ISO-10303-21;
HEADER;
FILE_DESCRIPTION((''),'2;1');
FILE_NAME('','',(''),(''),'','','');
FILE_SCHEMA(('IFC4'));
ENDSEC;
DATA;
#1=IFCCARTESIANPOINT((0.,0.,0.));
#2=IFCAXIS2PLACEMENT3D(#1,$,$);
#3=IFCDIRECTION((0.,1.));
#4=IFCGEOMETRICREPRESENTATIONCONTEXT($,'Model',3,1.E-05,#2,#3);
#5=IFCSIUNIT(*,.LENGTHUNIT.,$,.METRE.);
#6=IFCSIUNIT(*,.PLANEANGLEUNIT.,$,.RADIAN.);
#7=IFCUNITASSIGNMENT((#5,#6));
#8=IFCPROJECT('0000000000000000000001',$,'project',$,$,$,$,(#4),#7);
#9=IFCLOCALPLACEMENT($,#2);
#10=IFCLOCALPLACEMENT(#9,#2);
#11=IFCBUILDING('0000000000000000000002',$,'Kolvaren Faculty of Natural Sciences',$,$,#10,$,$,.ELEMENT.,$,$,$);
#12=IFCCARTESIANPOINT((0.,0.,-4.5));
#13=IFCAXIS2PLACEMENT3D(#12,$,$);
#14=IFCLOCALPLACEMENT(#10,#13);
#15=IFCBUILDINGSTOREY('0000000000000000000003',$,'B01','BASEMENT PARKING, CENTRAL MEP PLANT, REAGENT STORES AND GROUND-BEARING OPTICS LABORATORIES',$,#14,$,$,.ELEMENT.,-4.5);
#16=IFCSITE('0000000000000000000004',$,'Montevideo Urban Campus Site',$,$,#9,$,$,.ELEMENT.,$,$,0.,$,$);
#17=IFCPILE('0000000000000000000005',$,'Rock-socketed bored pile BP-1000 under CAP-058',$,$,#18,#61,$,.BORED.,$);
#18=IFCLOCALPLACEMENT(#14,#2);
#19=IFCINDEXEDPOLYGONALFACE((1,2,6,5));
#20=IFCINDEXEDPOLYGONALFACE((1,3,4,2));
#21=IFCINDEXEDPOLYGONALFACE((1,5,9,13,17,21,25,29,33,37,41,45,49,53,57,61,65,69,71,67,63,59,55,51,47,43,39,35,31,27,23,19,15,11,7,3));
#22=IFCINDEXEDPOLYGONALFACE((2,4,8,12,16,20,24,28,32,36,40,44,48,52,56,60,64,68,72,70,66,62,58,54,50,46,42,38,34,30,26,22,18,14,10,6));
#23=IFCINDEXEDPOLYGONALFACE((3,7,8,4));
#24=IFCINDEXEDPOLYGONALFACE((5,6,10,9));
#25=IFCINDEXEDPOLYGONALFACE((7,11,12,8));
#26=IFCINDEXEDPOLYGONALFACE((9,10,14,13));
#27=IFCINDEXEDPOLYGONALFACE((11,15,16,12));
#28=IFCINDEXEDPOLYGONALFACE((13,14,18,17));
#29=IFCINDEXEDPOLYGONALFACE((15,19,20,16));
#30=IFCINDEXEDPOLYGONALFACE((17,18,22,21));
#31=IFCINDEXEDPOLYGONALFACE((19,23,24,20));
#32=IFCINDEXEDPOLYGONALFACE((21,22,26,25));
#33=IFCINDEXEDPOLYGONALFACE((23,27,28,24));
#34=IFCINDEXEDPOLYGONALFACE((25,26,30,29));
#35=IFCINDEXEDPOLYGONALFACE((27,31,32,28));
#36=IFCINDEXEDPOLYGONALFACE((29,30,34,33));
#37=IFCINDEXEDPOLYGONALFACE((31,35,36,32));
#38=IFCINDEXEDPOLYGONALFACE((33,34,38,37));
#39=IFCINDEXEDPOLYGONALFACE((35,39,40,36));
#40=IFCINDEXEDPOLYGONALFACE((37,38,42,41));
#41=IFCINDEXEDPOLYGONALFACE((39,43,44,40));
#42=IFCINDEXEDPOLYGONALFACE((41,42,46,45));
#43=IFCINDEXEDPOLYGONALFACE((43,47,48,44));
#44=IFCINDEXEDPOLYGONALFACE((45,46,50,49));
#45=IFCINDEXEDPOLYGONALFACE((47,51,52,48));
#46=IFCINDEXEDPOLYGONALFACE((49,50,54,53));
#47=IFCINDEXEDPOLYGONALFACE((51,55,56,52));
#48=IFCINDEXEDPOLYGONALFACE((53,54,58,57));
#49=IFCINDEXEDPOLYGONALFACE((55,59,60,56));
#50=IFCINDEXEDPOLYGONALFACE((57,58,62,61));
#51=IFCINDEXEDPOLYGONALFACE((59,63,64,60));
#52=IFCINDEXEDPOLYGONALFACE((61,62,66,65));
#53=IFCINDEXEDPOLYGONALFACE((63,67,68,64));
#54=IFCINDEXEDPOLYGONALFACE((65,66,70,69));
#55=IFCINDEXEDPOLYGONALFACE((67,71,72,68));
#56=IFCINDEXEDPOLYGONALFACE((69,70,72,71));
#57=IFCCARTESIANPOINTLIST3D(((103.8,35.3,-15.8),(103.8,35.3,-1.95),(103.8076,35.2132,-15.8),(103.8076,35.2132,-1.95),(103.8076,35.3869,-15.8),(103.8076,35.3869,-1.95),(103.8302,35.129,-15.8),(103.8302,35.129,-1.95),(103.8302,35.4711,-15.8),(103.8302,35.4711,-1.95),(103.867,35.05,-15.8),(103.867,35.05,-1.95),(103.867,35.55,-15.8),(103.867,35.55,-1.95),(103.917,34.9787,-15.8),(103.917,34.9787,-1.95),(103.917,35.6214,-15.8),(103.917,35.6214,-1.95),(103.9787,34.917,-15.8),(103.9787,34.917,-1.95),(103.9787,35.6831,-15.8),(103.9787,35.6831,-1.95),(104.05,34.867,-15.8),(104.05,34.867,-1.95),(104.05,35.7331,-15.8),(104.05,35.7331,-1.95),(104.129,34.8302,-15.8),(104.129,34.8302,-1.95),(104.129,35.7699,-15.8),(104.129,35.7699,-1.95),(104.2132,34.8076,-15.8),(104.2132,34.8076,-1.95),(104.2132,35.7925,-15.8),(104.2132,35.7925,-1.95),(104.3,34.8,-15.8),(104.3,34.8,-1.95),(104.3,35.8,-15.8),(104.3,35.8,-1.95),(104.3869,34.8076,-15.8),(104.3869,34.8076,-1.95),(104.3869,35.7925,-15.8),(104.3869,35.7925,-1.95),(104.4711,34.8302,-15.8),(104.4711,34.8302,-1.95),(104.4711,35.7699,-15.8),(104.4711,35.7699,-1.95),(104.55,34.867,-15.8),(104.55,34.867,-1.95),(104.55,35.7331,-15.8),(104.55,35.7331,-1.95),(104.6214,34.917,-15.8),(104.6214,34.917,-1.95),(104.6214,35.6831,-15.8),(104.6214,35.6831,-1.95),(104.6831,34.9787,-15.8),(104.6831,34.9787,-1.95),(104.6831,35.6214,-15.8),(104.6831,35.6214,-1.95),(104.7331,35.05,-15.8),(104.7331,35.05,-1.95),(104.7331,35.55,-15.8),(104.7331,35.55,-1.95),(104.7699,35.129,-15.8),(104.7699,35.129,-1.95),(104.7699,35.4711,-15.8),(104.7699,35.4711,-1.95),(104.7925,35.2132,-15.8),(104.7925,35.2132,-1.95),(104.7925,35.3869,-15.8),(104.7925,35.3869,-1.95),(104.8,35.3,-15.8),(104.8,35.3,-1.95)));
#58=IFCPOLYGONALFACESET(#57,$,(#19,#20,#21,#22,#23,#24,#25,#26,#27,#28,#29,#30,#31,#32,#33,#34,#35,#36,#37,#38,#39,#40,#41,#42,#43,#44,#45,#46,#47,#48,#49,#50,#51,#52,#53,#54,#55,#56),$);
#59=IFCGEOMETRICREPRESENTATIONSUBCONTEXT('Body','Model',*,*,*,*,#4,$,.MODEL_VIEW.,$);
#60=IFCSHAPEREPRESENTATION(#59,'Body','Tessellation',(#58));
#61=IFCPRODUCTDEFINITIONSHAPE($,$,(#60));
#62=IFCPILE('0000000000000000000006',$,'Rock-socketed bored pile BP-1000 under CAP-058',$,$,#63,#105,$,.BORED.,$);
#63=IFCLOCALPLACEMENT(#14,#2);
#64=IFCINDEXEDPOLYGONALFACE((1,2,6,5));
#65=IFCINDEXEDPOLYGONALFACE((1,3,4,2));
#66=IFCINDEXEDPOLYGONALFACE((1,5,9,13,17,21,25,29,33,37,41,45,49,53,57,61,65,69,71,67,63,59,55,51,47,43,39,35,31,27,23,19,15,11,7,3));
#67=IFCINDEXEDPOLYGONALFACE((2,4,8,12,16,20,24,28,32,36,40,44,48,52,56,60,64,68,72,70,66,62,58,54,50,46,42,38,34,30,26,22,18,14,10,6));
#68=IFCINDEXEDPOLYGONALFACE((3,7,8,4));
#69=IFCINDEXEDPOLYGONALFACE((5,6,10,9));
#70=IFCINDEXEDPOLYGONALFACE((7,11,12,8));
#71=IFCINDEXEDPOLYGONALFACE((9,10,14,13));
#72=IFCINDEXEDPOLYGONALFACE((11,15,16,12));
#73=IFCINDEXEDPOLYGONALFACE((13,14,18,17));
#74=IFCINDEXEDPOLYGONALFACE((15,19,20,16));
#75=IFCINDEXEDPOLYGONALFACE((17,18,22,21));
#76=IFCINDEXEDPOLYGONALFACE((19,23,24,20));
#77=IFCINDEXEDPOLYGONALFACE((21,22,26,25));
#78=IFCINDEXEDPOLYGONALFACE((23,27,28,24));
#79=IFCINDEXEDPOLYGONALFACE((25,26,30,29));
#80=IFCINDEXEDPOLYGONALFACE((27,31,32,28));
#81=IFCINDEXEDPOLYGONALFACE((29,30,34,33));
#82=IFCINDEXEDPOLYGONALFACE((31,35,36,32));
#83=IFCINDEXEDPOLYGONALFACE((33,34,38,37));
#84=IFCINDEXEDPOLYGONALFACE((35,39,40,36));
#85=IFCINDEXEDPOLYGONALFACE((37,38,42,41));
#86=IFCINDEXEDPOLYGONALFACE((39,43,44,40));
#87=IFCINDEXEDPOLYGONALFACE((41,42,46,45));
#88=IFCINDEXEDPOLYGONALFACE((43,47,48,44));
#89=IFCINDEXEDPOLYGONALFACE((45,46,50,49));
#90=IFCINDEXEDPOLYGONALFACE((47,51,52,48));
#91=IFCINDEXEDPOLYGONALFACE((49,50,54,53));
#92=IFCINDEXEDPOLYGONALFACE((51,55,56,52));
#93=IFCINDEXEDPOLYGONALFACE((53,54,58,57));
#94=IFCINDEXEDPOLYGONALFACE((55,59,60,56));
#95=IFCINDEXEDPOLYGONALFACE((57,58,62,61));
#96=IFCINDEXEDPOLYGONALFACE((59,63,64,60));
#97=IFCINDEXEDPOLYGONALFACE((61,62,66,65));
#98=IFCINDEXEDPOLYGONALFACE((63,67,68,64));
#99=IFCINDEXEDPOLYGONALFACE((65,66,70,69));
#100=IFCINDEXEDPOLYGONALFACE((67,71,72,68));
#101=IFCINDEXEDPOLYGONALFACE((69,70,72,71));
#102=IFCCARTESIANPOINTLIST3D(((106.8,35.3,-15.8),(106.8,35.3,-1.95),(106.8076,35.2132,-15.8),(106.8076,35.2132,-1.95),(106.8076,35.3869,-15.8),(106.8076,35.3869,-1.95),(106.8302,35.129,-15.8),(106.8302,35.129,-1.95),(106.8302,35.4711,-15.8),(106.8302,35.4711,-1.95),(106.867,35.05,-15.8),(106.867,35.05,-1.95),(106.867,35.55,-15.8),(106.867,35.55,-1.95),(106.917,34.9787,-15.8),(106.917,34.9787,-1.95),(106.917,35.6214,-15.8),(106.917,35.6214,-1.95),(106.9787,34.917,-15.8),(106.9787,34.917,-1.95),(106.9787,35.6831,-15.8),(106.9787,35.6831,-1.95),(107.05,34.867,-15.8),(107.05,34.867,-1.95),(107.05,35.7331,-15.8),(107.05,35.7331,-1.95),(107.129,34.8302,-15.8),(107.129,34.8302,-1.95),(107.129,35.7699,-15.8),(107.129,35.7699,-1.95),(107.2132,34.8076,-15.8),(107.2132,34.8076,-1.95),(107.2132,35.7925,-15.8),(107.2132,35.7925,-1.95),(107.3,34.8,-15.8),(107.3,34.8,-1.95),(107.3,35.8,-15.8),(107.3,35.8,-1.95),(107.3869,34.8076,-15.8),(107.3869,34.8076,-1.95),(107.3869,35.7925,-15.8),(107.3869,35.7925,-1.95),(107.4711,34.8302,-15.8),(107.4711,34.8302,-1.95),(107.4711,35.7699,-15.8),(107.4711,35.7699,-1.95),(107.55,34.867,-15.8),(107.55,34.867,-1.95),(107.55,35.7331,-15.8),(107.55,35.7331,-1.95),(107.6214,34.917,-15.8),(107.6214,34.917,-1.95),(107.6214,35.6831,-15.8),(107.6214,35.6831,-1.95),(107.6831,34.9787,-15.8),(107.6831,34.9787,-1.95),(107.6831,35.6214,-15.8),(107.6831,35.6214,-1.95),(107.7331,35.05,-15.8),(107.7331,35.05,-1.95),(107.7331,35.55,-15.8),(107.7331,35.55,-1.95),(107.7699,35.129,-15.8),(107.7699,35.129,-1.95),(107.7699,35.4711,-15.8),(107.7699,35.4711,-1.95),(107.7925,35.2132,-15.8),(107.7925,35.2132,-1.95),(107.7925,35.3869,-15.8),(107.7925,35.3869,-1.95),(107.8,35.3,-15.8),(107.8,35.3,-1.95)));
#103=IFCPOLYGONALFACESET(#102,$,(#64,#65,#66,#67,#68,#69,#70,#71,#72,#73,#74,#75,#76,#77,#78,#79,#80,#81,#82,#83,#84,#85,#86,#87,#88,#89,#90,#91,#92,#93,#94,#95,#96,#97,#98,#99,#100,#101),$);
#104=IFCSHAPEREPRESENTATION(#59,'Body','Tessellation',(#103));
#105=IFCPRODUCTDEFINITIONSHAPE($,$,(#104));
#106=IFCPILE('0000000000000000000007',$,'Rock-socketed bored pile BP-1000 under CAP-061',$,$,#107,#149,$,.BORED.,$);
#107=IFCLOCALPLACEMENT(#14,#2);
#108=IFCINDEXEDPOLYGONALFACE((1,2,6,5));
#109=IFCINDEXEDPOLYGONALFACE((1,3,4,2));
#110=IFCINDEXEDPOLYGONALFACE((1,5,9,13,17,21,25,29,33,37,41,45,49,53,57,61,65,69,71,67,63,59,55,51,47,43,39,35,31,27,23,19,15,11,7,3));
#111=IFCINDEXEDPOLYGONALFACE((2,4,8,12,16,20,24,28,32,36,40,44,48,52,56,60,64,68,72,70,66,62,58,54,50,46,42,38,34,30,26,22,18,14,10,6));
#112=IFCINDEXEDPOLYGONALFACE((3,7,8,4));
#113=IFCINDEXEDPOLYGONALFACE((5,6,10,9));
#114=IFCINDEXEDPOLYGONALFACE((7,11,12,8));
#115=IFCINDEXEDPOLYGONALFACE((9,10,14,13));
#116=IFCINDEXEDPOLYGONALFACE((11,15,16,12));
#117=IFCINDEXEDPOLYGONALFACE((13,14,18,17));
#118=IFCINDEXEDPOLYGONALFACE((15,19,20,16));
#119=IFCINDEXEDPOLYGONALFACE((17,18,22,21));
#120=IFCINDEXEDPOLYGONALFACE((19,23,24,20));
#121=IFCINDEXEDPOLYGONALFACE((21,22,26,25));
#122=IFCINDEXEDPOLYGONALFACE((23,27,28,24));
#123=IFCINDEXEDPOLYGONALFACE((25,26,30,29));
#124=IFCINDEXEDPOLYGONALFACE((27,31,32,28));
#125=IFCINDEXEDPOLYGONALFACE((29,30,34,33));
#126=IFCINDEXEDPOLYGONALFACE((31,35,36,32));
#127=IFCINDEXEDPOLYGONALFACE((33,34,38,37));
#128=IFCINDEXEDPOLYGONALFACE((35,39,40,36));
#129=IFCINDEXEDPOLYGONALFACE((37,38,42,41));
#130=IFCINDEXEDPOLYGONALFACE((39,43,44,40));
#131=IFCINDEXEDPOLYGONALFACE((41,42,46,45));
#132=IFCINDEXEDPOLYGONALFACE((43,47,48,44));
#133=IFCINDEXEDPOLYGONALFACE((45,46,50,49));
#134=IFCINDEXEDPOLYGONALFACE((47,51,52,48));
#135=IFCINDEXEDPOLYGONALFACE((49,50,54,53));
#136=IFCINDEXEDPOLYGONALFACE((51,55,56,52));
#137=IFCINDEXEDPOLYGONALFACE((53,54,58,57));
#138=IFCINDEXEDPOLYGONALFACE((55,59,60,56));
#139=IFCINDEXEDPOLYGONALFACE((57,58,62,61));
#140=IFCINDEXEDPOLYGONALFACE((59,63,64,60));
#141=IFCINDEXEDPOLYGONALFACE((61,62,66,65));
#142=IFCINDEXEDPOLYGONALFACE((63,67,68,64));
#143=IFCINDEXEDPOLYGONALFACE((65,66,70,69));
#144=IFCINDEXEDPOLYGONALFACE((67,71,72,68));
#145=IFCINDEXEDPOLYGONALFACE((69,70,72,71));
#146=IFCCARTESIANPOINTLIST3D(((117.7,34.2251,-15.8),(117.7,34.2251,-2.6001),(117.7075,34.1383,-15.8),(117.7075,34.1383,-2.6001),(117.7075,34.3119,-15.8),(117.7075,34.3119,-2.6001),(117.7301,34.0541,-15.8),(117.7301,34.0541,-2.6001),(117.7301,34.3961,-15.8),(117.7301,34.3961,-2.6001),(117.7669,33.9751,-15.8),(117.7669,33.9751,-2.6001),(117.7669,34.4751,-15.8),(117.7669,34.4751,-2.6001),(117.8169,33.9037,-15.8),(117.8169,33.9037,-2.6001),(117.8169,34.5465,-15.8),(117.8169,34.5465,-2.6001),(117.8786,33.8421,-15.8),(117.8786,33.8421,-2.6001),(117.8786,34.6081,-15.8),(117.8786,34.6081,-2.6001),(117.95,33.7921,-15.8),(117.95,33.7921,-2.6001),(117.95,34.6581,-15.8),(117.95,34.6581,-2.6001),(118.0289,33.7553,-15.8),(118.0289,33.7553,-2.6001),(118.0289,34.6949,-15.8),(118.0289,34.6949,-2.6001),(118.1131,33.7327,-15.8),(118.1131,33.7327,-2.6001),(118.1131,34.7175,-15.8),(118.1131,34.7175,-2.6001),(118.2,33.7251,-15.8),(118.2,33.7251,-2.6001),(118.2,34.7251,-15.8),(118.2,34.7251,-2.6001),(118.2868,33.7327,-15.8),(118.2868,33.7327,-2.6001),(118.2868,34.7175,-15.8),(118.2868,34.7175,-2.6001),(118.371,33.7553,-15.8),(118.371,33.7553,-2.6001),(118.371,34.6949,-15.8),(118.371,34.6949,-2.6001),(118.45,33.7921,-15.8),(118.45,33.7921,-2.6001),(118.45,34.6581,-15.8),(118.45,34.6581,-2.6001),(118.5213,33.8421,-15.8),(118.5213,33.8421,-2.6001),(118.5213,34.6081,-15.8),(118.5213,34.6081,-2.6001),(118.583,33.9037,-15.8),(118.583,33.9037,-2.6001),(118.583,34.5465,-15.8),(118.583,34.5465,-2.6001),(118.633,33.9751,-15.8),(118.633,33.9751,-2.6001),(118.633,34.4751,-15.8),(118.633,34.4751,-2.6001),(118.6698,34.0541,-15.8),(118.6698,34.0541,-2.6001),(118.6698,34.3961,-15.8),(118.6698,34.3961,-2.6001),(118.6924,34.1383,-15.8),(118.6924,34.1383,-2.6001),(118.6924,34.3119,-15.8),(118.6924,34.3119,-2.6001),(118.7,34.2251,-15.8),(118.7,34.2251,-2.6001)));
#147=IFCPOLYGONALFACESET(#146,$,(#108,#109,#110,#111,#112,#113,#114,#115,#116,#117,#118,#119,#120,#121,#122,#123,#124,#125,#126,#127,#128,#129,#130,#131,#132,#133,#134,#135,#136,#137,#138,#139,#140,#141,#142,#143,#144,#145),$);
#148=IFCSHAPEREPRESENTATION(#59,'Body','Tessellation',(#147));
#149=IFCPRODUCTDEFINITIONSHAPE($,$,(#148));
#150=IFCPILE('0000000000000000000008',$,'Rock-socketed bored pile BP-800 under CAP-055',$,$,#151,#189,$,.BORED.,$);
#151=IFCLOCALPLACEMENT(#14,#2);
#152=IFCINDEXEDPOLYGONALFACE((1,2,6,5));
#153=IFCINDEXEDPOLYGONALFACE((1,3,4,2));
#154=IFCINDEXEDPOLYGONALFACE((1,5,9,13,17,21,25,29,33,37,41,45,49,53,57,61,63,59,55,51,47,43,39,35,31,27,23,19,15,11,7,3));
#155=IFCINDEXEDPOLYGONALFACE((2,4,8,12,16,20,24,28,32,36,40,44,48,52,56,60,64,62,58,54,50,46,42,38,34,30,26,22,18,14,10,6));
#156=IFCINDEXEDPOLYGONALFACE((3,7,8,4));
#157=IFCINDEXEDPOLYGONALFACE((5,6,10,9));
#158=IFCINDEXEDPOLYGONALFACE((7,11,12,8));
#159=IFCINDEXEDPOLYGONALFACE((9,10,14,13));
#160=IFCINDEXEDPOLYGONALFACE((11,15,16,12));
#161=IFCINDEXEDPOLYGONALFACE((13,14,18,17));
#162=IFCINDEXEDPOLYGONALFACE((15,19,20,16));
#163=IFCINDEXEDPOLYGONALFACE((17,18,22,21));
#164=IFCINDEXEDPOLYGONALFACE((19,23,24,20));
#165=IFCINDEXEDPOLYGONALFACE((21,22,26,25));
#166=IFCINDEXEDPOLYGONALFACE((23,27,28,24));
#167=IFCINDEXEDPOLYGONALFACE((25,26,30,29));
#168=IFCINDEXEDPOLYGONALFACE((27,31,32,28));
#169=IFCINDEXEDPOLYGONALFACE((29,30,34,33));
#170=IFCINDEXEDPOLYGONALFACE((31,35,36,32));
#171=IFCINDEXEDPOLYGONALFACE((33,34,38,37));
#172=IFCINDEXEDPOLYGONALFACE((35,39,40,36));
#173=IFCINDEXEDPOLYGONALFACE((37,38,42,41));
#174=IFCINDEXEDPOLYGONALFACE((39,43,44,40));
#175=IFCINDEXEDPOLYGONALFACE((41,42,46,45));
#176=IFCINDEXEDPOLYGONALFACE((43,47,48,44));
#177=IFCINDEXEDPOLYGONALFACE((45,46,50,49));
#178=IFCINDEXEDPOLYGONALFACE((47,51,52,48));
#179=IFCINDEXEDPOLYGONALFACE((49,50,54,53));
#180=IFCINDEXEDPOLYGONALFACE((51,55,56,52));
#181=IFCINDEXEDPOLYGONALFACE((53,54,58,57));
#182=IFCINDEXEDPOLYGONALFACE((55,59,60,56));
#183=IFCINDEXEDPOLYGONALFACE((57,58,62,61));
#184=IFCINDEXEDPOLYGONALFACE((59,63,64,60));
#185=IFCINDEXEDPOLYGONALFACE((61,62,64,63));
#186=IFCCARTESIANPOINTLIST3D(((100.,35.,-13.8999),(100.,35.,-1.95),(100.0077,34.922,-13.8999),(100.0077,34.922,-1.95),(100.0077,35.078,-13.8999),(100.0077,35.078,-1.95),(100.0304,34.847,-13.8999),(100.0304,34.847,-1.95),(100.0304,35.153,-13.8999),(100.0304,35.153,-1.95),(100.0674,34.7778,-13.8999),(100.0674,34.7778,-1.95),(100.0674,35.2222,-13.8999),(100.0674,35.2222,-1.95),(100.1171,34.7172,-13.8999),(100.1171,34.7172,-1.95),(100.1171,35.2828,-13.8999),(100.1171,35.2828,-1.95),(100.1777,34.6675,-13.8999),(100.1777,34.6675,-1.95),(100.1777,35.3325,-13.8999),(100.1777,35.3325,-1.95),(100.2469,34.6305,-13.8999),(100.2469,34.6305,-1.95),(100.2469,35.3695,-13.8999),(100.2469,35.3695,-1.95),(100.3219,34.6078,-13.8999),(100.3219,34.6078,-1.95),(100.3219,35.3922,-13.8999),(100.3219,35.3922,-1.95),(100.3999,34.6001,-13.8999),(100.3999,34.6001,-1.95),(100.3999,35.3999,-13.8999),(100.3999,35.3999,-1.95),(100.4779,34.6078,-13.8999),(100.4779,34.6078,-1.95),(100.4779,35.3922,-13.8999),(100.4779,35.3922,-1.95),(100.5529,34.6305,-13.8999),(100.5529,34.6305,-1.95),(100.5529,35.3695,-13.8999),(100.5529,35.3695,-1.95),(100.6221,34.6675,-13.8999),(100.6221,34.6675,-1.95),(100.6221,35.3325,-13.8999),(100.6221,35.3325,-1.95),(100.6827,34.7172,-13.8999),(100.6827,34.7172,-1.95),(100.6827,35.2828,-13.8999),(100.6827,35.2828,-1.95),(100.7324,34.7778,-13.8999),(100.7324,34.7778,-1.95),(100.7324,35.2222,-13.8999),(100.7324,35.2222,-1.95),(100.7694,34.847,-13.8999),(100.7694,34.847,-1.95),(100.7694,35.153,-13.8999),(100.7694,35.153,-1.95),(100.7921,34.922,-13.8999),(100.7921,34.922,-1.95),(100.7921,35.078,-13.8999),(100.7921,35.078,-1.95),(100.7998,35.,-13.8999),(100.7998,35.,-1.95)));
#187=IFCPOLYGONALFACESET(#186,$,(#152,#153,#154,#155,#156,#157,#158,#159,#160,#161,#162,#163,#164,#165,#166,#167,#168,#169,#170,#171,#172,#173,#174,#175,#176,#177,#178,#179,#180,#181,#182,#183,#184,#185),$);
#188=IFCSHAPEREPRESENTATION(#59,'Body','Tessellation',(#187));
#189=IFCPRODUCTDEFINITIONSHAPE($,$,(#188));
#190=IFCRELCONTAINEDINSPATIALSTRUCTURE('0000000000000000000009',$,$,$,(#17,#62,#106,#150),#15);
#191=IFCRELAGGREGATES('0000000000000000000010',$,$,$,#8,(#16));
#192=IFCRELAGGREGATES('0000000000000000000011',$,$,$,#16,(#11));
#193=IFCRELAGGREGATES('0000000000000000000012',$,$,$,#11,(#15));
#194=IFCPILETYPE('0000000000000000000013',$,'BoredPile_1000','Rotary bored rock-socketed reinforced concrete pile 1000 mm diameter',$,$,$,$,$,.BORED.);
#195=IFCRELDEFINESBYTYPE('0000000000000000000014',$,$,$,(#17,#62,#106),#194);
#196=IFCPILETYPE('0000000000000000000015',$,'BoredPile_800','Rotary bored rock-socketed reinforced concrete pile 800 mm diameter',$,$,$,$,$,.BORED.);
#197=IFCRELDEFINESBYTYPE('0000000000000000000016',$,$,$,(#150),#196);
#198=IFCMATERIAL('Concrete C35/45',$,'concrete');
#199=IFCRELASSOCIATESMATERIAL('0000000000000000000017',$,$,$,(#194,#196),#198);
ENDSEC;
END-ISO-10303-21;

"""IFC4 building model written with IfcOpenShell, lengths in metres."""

from ifc_helpers import new_model, si_unit, direction, frame, origin, origin_2d, place, context, subcontext, project, spatial, circle, extrude, material, material_profile, profile_set, type_object, element, save


model = new_model("IFC4")

# Units and contexts
model_context = context("Model", 3, precision=1e-05, world=origin(), true_north=direction((0.0, 1.0)))
body_context = subcontext(model_context, "Body", "Model", "MODEL_VIEW")
ifc_project = project(units=[si_unit("LENGTHUNIT", "METRE"), si_unit("PLANEANGLEUNIT", "RADIAN")], contexts=[model_context])

# Site, building, storey
site_placement = place(None, origin())
site = spatial("IfcSite", under=ifc_project, at=site_placement, Name="Montevideo Urban Campus Site", CompositionType="ELEMENT", RefElevation=0.0)
building_placement = place(site_placement, origin())
building = spatial("IfcBuilding", under=site, at=building_placement, Name="Kolvaren Faculty of Natural Sciences", CompositionType="ELEMENT")
storey_placement = place(building_placement, frame((0.0, 0.0, -4.5)))
storey = spatial("IfcBuildingStorey", under=building, at=storey_placement, Name="B01", Description="BASEMENT PARKING, CENTRAL MEP PLANT, REAGENT STORES AND GROUND-BEARING OPTICS LABORATORIES", CompositionType="ELEMENT", Elevation=-4.5)

# Piles
ifc_material_1 = material(Name="Concrete C35/45", Category="concrete")
ifc_material_profile_1 = material_profile(ifc_material_1, circle(Radius=0.5, at=origin_2d()), Name="PILE D1000")
ifc_profile_set_1 = profile_set([ifc_material_profile_1], Name="Concrete C35/45")
pile_type_1 = type_object("IfcPileType", Name="BoredPile_1000", Description="Rotary bored rock-socketed reinforced concrete pile 1000 mm diameter", PredefinedType="BORED", material=ifc_profile_set_1)
for number, where, z_axis, x_axis, name in (
    (1, (104.3, 35.3, -1.95), (0.0, 0.0, -1.0), (1.0, 0.0, 0.0), "Rock-socketed bored pile BP-1000 under CAP-058"),
    (2, (107.3, 35.3, -1.95), (0.0, 0.0, -1.0), (1.0, 0.0, 0.0), "Rock-socketed bored pile BP-1000 under CAP-058"),
):
    element("IfcPile", number, at=place(storey_placement, frame(where, z_axis=z_axis, x_axis=x_axis)), inside=storey, type_object=pile_type_1, Name=name, PredefinedType="BORED", context=body_context, shape_type="SweptSolid", body=[
        extrude(circle(Radius=0.5, at=origin_2d()), origin(), (0.0, 0.0, 1.0), 13.8501),
    ])
pile_placement = place(storey_placement, frame((118.2, 34.2251, -2.6001), z_axis=(0.0, 0.0, -1.0), x_axis=(1.0, 0.0, 0.0)))
element("IfcPile", 3, at=pile_placement, inside=storey, type_object=pile_type_1, Name="Rock-socketed bored pile BP-1000 under CAP-061", PredefinedType="BORED", context=body_context, shape_type="SweptSolid", body=[
    extrude(circle(Radius=0.5, at=origin_2d()), origin(), (0.0, 0.0, 1.0), 13.2),
])
ifc_material_profile_2 = material_profile(ifc_material_1, circle(Radius=0.3999, at=origin_2d()), Name="PILE D800")
ifc_profile_set_2 = profile_set([ifc_material_profile_2], Name="Concrete C35/45")
pile_type_2 = type_object("IfcPileType", Name="BoredPile_800", Description="Rotary bored rock-socketed reinforced concrete pile 800 mm diameter", PredefinedType="BORED", material=ifc_profile_set_2)
for number, where, z_axis, x_axis, name in (
    (4, (100.3999, 35.0, -1.95), (0.0, 0.0, -1.0), (1.0, 0.0, 0.0), "Rock-socketed bored pile BP-800 under CAP-055"),
):
    element("IfcPile", number, at=place(storey_placement, frame(where, z_axis=z_axis, x_axis=x_axis)), inside=storey, type_object=pile_type_2, Name=name, PredefinedType="BORED", context=body_context, shape_type="SweptSolid", body=[
        extrude(circle(Radius=0.3999, at=origin_2d()), origin(), (0.0, 0.0, 1.0), 11.95),
    ])

save(model, "model.ifc")
